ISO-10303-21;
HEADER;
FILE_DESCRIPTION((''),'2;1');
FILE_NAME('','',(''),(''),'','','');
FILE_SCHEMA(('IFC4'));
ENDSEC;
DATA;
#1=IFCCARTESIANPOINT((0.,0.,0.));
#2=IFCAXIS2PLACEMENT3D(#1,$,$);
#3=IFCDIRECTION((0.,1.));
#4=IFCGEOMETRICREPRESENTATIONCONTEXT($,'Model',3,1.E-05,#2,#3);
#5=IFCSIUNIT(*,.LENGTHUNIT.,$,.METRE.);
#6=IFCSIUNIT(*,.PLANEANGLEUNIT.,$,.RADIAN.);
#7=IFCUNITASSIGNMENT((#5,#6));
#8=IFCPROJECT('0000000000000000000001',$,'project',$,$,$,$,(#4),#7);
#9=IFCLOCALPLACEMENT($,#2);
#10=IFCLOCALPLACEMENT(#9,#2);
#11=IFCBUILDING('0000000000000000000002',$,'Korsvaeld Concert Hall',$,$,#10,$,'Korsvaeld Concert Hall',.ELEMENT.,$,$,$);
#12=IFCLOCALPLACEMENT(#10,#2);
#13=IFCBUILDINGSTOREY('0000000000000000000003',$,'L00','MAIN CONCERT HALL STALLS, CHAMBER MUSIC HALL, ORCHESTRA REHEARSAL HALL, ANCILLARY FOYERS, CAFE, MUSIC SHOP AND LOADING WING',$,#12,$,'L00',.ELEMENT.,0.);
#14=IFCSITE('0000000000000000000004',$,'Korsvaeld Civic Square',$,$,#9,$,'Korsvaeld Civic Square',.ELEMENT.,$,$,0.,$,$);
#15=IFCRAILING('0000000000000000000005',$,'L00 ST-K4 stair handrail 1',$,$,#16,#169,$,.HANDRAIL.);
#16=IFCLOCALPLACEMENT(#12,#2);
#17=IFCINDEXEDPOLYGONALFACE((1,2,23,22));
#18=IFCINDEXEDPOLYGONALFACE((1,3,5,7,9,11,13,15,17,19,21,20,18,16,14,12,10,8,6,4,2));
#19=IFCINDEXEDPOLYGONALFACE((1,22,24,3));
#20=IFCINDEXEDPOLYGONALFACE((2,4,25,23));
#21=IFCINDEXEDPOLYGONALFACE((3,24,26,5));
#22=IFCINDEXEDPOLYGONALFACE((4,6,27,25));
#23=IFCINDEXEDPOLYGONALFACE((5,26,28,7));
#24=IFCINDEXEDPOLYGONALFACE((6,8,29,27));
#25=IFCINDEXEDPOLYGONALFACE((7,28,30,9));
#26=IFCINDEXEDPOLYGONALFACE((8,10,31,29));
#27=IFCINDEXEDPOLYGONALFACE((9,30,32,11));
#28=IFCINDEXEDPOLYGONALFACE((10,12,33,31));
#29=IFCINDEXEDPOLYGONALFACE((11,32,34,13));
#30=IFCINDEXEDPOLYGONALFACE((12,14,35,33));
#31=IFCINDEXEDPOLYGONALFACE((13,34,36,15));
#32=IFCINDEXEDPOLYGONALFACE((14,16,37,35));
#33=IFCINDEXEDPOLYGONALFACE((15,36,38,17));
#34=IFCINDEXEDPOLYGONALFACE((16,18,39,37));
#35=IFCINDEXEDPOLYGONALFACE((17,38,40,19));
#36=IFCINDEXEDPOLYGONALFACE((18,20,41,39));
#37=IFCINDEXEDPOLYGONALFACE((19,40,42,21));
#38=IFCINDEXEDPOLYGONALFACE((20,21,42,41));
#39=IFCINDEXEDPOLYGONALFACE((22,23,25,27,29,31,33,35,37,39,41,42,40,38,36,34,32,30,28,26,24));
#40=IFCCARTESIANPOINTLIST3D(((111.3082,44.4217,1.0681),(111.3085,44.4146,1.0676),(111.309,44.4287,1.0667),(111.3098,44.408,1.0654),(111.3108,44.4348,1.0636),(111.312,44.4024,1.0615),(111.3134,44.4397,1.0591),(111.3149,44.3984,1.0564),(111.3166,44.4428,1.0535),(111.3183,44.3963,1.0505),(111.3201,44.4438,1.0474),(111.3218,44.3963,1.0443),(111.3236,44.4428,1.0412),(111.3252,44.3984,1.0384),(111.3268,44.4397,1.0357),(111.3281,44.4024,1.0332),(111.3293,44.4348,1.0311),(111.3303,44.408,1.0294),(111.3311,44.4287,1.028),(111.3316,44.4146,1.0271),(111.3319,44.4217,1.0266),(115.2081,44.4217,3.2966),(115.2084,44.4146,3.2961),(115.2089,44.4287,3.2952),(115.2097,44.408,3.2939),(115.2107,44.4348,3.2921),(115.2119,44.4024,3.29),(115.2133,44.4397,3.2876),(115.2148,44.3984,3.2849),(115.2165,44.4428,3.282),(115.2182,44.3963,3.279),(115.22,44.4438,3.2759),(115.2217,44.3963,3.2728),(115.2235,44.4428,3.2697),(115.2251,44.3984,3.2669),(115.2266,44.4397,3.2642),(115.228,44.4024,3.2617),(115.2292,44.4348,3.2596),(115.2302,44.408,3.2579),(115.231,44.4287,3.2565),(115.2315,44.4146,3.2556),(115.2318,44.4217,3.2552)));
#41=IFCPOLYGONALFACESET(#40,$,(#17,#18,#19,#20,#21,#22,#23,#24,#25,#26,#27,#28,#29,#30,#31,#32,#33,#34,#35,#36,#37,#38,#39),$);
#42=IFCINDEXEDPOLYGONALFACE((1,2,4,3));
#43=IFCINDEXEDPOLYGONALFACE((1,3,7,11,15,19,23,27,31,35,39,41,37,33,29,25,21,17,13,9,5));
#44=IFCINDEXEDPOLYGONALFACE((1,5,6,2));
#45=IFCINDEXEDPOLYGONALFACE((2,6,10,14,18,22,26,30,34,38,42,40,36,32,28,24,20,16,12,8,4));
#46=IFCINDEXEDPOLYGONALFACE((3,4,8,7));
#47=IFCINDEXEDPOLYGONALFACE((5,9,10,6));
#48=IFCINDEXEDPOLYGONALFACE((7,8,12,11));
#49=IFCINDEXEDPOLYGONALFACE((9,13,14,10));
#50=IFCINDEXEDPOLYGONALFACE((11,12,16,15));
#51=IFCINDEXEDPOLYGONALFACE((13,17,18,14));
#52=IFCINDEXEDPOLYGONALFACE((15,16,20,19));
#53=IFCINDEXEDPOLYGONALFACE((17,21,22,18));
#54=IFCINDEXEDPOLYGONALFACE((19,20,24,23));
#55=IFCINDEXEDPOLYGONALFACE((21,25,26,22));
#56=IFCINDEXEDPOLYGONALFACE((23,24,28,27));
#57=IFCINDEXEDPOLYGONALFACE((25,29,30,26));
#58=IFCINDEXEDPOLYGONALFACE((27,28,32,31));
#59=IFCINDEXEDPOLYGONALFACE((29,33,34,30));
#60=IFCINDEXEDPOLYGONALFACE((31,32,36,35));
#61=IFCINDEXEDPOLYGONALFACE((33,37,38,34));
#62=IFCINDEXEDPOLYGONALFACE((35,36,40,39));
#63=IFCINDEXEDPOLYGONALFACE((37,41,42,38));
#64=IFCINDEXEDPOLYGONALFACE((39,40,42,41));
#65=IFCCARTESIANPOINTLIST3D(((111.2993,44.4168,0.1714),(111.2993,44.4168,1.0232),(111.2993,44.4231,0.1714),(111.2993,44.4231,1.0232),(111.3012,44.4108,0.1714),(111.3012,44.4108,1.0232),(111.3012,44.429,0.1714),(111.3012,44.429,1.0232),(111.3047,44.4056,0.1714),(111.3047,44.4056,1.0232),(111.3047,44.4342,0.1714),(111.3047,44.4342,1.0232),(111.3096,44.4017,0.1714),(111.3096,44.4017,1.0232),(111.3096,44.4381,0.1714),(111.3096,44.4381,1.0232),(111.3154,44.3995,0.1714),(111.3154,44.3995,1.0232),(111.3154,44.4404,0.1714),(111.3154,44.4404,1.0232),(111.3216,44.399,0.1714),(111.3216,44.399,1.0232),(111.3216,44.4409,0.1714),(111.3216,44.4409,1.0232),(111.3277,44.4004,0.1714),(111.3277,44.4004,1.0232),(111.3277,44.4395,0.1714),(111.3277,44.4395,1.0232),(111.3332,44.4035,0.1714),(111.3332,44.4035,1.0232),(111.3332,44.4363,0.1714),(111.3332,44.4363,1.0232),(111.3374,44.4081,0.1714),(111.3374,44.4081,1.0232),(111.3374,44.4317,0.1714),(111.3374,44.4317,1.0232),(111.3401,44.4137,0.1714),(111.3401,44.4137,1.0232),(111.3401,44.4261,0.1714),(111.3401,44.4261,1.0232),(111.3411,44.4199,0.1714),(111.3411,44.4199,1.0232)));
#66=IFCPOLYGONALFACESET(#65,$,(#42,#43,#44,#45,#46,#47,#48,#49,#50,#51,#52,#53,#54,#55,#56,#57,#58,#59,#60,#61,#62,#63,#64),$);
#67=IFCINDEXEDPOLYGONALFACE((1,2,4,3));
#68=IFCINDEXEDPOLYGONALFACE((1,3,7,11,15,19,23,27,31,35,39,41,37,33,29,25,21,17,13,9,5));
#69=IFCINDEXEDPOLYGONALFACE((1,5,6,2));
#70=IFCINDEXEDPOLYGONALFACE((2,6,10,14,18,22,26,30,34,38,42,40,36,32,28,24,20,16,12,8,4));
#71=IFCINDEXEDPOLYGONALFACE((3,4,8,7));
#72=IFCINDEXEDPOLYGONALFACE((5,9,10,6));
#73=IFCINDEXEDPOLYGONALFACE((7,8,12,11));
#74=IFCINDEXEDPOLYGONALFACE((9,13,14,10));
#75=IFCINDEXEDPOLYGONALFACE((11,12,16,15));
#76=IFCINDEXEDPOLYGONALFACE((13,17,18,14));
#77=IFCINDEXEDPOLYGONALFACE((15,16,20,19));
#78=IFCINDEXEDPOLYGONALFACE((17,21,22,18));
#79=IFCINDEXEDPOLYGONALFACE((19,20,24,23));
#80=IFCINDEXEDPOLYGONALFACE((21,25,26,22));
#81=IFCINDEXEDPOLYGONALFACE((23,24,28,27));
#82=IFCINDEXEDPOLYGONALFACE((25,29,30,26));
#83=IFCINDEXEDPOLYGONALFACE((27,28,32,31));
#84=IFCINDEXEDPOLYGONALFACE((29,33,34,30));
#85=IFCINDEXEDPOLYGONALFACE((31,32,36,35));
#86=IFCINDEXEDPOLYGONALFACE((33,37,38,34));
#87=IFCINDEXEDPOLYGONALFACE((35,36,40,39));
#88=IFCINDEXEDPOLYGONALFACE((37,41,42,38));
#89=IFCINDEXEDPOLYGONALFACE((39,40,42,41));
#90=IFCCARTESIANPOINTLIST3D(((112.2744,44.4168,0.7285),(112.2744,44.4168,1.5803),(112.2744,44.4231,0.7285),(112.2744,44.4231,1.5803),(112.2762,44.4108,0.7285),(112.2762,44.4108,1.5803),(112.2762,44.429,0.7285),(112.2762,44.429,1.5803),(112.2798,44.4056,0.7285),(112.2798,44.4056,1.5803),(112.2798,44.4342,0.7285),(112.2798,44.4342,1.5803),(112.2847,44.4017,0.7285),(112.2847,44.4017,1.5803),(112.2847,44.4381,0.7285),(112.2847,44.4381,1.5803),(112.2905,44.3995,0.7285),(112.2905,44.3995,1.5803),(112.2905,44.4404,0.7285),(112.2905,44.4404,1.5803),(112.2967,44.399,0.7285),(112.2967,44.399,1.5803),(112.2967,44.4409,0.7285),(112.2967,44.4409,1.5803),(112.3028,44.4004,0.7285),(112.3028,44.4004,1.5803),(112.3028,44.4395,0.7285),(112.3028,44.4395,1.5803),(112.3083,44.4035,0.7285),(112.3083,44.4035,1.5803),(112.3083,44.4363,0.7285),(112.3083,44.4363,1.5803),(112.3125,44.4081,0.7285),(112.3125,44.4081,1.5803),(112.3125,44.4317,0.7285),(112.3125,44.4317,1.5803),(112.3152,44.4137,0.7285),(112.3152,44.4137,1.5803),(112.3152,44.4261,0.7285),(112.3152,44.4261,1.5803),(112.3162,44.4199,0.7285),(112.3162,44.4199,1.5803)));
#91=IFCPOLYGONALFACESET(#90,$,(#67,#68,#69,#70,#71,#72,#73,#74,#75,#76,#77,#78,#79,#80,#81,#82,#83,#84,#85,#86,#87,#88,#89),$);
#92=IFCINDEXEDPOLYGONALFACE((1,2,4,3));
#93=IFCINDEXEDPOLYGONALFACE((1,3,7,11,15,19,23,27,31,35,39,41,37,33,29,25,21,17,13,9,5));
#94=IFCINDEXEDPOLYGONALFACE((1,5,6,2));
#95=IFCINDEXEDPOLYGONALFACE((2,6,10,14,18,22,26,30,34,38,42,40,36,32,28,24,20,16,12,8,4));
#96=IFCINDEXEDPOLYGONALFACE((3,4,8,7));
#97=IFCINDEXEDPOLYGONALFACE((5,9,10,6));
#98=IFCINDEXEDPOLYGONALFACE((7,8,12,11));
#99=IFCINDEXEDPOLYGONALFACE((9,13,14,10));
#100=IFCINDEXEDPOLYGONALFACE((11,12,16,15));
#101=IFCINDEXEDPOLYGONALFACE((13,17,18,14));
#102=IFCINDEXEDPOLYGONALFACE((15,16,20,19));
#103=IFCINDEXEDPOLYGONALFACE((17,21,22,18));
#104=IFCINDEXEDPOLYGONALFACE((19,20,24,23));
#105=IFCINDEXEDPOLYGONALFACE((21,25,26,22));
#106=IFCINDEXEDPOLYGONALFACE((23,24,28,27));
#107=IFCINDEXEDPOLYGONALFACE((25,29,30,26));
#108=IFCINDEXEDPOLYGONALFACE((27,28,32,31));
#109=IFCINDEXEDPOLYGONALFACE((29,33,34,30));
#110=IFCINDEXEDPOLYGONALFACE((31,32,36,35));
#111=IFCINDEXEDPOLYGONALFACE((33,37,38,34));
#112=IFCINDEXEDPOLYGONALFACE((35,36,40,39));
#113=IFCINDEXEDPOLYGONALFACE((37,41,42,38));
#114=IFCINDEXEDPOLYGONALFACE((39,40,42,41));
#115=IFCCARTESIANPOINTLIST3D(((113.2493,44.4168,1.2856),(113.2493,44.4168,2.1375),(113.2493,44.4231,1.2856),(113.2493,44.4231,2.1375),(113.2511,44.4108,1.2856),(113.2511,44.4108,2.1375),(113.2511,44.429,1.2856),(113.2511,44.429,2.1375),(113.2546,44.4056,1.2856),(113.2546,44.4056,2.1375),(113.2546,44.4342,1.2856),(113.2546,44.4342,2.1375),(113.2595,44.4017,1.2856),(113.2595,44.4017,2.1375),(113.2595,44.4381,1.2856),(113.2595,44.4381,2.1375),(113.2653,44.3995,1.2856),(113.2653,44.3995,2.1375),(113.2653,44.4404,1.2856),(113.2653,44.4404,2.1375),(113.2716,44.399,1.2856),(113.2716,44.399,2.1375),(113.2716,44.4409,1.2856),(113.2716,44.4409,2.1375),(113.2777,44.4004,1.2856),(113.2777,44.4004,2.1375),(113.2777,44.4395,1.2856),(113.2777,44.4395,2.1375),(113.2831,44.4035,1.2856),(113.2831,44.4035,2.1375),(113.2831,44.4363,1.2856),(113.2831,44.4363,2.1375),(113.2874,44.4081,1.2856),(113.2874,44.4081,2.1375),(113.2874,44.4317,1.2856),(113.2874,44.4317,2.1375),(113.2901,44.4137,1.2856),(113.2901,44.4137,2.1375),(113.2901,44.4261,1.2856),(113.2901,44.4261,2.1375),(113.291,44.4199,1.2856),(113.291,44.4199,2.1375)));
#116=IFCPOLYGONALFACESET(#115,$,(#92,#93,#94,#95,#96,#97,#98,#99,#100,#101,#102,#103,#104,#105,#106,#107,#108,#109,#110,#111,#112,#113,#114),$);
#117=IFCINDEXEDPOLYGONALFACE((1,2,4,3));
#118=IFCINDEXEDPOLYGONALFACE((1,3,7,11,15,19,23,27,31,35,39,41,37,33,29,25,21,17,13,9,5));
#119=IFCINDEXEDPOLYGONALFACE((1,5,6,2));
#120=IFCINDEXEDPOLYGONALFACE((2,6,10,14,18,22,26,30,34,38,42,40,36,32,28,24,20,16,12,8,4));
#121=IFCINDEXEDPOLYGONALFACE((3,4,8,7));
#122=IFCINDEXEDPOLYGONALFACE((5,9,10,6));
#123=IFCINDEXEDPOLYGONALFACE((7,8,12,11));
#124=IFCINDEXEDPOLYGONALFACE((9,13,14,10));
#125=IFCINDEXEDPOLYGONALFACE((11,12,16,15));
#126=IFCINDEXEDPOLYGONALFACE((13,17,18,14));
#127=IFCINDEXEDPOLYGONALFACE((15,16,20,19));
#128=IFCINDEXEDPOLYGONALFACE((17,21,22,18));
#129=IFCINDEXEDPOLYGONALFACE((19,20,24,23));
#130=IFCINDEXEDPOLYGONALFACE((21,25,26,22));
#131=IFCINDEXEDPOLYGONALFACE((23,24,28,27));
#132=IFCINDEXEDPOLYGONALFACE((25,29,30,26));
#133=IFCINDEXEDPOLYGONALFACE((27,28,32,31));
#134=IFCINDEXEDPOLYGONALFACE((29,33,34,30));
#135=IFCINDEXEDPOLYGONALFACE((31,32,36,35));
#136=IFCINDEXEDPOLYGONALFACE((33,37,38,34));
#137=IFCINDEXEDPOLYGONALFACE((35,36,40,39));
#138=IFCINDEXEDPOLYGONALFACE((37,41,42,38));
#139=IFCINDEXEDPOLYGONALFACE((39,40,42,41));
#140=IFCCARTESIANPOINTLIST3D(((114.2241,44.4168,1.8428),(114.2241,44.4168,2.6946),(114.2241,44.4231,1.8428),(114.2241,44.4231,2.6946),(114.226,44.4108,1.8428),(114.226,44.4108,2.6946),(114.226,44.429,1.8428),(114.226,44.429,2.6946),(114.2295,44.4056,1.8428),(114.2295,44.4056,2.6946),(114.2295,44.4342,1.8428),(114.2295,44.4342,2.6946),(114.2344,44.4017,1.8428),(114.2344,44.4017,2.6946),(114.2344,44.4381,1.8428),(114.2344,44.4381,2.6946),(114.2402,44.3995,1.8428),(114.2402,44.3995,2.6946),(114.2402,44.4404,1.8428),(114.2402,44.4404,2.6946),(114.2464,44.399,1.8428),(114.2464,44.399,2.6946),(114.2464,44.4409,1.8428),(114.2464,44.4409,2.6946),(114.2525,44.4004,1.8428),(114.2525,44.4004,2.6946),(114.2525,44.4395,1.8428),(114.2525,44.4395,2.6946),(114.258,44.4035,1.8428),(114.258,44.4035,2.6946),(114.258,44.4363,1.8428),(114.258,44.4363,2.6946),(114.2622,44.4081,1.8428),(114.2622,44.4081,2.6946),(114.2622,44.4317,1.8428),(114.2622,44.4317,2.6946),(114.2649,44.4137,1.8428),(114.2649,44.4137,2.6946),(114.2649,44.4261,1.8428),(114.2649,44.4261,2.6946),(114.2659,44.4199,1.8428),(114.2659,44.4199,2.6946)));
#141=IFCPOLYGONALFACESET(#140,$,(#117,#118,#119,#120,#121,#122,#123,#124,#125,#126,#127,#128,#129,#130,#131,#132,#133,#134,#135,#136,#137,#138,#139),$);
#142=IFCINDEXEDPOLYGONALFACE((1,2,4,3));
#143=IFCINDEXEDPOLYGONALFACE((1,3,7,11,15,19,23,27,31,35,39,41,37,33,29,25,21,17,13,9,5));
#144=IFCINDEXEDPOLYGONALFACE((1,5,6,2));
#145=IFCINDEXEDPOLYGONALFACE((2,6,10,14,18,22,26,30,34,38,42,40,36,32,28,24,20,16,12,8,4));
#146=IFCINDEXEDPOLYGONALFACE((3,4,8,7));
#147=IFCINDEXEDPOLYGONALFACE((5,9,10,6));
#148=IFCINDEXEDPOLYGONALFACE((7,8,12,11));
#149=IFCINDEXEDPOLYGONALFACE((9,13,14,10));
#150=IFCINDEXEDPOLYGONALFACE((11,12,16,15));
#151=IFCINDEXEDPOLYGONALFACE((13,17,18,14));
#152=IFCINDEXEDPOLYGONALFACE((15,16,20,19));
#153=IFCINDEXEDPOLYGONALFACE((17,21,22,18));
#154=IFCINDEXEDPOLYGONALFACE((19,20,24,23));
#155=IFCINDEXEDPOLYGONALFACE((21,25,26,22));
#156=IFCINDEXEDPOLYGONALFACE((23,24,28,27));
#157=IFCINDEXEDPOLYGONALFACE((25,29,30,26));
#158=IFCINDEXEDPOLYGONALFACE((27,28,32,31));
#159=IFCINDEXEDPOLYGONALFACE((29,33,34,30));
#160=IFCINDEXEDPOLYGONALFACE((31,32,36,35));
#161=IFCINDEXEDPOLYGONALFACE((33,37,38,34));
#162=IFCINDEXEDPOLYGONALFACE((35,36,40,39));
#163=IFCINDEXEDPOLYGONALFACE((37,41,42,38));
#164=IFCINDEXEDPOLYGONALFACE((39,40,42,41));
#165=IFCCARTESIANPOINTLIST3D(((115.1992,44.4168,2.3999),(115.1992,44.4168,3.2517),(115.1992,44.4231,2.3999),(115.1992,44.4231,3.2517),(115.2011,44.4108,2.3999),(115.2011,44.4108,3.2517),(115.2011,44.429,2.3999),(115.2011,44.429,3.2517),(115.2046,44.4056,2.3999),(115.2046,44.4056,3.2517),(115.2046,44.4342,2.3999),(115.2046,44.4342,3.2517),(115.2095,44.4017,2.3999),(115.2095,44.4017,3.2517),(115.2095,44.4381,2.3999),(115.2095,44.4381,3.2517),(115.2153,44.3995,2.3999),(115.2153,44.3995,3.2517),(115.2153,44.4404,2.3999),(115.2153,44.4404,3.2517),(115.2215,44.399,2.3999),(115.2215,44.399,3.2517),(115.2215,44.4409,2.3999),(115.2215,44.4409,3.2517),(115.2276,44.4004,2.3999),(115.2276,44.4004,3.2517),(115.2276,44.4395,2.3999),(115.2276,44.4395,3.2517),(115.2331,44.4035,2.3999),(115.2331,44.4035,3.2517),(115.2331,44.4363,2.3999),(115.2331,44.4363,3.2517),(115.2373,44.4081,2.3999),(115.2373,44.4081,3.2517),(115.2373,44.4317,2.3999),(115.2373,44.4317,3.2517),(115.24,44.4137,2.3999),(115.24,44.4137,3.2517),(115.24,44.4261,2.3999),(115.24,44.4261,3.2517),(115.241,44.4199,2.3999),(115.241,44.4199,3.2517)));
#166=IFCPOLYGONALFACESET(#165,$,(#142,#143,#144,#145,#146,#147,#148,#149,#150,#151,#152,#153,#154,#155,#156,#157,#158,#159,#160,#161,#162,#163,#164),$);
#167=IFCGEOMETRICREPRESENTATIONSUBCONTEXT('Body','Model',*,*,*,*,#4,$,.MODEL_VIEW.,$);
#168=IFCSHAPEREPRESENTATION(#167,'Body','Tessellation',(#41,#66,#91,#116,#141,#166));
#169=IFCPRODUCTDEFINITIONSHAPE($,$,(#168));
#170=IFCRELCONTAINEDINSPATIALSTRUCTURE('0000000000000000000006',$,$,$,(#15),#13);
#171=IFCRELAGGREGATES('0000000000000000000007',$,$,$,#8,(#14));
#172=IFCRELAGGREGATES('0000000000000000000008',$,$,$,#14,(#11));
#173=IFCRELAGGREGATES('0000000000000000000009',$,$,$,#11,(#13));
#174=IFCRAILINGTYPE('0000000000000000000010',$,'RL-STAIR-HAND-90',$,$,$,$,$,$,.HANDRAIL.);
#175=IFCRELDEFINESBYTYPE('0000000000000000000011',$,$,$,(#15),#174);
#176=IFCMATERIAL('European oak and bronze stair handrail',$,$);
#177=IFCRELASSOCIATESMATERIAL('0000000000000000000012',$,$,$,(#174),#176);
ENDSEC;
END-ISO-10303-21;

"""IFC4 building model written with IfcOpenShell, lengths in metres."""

from ifc_helpers import new_model, si_unit, direction, frame, origin, origin_2d, place, context, subcontext, project, spatial, circle, extrude, material, type_object, element, save


model = new_model("IFC4")

# Units and contexts
model_context = context("Model", 3, precision=1e-05, world=origin(), true_north=direction((0.0, 1.0)))
body_context = subcontext(model_context, "Body", "Model", "MODEL_VIEW")
ifc_project = project(units=[si_unit("LENGTHUNIT", "METRE"), si_unit("PLANEANGLEUNIT", "RADIAN")], contexts=[model_context])

# Site, building, storey
site_placement = place(None, origin())
site = spatial("IfcSite", under=ifc_project, at=site_placement, Name="Korsvaeld Civic Square", LongName="Korsvaeld Civic Square", CompositionType="ELEMENT", RefElevation=0.0)
building_placement = place(site_placement, origin())
building = spatial("IfcBuilding", under=site, at=building_placement, Name="Korsvaeld Concert Hall", LongName="Korsvaeld Concert Hall", CompositionType="ELEMENT")
storey_placement = place(building_placement, origin())
storey = spatial("IfcBuildingStorey", under=building, at=storey_placement, Name="L00", Description="MAIN CONCERT HALL STALLS, CHAMBER MUSIC HALL, ORCHESTRA REHEARSAL HALL, ANCILLARY FOYERS, CAFE, MUSIC SHOP AND LOADING WING", LongName="L00", CompositionType="ELEMENT", Elevation=0.0)

# Railing
ifc_material_1 = material(Name="European oak and bronze stair handrail")
railing_type_1 = type_object("IfcRailingType", Name="RL-STAIR-HAND-90", PredefinedType="HANDRAIL", material=ifc_material_1)
railing_1_placement = place(storey_placement, frame((111.3201, 44.4199, 0.1714)))
element("IfcRailing", 1, at=railing_1_placement, inside=storey, type_object=railing_type_1, Name="L00 ST-K4 stair handrail 1", PredefinedType="HANDRAIL", context=body_context, shape_type="SweptSolid", body=[
    extrude(circle(Radius=0.0239, at=origin_2d()), frame((0.0, 0.0, 0.876), z_axis=(0.868243, 0.0, 0.496139), x_axis=(0.0, 1.0, 0.0)), (0.0, 0.0, 1.0), 4.4917),
    extrude(circle(Radius=0.021, at=origin_2d()), origin(), (0.0, 0.0, 1.0), 0.8518),
    extrude(circle(Radius=0.021, at=origin_2d()), frame((0.9751, 0.0, 0.5571)), (0.0, 0.0, 1.0), 0.8518),
    extrude(circle(Radius=0.021, at=origin_2d()), frame((1.95, 0.0, 1.1143)), (0.0, 0.0, 1.0), 0.8518),
    extrude(circle(Radius=0.021, at=origin_2d()), frame((2.9248, 0.0, 1.6714)), (0.0, 0.0, 1.0), 0.8518),
    extrude(circle(Radius=0.021, at=origin_2d()), frame((3.8999, 0.0, 2.2285)), (0.0, 0.0, 1.0), 0.8518),
])

save(model, "model.ifc")
